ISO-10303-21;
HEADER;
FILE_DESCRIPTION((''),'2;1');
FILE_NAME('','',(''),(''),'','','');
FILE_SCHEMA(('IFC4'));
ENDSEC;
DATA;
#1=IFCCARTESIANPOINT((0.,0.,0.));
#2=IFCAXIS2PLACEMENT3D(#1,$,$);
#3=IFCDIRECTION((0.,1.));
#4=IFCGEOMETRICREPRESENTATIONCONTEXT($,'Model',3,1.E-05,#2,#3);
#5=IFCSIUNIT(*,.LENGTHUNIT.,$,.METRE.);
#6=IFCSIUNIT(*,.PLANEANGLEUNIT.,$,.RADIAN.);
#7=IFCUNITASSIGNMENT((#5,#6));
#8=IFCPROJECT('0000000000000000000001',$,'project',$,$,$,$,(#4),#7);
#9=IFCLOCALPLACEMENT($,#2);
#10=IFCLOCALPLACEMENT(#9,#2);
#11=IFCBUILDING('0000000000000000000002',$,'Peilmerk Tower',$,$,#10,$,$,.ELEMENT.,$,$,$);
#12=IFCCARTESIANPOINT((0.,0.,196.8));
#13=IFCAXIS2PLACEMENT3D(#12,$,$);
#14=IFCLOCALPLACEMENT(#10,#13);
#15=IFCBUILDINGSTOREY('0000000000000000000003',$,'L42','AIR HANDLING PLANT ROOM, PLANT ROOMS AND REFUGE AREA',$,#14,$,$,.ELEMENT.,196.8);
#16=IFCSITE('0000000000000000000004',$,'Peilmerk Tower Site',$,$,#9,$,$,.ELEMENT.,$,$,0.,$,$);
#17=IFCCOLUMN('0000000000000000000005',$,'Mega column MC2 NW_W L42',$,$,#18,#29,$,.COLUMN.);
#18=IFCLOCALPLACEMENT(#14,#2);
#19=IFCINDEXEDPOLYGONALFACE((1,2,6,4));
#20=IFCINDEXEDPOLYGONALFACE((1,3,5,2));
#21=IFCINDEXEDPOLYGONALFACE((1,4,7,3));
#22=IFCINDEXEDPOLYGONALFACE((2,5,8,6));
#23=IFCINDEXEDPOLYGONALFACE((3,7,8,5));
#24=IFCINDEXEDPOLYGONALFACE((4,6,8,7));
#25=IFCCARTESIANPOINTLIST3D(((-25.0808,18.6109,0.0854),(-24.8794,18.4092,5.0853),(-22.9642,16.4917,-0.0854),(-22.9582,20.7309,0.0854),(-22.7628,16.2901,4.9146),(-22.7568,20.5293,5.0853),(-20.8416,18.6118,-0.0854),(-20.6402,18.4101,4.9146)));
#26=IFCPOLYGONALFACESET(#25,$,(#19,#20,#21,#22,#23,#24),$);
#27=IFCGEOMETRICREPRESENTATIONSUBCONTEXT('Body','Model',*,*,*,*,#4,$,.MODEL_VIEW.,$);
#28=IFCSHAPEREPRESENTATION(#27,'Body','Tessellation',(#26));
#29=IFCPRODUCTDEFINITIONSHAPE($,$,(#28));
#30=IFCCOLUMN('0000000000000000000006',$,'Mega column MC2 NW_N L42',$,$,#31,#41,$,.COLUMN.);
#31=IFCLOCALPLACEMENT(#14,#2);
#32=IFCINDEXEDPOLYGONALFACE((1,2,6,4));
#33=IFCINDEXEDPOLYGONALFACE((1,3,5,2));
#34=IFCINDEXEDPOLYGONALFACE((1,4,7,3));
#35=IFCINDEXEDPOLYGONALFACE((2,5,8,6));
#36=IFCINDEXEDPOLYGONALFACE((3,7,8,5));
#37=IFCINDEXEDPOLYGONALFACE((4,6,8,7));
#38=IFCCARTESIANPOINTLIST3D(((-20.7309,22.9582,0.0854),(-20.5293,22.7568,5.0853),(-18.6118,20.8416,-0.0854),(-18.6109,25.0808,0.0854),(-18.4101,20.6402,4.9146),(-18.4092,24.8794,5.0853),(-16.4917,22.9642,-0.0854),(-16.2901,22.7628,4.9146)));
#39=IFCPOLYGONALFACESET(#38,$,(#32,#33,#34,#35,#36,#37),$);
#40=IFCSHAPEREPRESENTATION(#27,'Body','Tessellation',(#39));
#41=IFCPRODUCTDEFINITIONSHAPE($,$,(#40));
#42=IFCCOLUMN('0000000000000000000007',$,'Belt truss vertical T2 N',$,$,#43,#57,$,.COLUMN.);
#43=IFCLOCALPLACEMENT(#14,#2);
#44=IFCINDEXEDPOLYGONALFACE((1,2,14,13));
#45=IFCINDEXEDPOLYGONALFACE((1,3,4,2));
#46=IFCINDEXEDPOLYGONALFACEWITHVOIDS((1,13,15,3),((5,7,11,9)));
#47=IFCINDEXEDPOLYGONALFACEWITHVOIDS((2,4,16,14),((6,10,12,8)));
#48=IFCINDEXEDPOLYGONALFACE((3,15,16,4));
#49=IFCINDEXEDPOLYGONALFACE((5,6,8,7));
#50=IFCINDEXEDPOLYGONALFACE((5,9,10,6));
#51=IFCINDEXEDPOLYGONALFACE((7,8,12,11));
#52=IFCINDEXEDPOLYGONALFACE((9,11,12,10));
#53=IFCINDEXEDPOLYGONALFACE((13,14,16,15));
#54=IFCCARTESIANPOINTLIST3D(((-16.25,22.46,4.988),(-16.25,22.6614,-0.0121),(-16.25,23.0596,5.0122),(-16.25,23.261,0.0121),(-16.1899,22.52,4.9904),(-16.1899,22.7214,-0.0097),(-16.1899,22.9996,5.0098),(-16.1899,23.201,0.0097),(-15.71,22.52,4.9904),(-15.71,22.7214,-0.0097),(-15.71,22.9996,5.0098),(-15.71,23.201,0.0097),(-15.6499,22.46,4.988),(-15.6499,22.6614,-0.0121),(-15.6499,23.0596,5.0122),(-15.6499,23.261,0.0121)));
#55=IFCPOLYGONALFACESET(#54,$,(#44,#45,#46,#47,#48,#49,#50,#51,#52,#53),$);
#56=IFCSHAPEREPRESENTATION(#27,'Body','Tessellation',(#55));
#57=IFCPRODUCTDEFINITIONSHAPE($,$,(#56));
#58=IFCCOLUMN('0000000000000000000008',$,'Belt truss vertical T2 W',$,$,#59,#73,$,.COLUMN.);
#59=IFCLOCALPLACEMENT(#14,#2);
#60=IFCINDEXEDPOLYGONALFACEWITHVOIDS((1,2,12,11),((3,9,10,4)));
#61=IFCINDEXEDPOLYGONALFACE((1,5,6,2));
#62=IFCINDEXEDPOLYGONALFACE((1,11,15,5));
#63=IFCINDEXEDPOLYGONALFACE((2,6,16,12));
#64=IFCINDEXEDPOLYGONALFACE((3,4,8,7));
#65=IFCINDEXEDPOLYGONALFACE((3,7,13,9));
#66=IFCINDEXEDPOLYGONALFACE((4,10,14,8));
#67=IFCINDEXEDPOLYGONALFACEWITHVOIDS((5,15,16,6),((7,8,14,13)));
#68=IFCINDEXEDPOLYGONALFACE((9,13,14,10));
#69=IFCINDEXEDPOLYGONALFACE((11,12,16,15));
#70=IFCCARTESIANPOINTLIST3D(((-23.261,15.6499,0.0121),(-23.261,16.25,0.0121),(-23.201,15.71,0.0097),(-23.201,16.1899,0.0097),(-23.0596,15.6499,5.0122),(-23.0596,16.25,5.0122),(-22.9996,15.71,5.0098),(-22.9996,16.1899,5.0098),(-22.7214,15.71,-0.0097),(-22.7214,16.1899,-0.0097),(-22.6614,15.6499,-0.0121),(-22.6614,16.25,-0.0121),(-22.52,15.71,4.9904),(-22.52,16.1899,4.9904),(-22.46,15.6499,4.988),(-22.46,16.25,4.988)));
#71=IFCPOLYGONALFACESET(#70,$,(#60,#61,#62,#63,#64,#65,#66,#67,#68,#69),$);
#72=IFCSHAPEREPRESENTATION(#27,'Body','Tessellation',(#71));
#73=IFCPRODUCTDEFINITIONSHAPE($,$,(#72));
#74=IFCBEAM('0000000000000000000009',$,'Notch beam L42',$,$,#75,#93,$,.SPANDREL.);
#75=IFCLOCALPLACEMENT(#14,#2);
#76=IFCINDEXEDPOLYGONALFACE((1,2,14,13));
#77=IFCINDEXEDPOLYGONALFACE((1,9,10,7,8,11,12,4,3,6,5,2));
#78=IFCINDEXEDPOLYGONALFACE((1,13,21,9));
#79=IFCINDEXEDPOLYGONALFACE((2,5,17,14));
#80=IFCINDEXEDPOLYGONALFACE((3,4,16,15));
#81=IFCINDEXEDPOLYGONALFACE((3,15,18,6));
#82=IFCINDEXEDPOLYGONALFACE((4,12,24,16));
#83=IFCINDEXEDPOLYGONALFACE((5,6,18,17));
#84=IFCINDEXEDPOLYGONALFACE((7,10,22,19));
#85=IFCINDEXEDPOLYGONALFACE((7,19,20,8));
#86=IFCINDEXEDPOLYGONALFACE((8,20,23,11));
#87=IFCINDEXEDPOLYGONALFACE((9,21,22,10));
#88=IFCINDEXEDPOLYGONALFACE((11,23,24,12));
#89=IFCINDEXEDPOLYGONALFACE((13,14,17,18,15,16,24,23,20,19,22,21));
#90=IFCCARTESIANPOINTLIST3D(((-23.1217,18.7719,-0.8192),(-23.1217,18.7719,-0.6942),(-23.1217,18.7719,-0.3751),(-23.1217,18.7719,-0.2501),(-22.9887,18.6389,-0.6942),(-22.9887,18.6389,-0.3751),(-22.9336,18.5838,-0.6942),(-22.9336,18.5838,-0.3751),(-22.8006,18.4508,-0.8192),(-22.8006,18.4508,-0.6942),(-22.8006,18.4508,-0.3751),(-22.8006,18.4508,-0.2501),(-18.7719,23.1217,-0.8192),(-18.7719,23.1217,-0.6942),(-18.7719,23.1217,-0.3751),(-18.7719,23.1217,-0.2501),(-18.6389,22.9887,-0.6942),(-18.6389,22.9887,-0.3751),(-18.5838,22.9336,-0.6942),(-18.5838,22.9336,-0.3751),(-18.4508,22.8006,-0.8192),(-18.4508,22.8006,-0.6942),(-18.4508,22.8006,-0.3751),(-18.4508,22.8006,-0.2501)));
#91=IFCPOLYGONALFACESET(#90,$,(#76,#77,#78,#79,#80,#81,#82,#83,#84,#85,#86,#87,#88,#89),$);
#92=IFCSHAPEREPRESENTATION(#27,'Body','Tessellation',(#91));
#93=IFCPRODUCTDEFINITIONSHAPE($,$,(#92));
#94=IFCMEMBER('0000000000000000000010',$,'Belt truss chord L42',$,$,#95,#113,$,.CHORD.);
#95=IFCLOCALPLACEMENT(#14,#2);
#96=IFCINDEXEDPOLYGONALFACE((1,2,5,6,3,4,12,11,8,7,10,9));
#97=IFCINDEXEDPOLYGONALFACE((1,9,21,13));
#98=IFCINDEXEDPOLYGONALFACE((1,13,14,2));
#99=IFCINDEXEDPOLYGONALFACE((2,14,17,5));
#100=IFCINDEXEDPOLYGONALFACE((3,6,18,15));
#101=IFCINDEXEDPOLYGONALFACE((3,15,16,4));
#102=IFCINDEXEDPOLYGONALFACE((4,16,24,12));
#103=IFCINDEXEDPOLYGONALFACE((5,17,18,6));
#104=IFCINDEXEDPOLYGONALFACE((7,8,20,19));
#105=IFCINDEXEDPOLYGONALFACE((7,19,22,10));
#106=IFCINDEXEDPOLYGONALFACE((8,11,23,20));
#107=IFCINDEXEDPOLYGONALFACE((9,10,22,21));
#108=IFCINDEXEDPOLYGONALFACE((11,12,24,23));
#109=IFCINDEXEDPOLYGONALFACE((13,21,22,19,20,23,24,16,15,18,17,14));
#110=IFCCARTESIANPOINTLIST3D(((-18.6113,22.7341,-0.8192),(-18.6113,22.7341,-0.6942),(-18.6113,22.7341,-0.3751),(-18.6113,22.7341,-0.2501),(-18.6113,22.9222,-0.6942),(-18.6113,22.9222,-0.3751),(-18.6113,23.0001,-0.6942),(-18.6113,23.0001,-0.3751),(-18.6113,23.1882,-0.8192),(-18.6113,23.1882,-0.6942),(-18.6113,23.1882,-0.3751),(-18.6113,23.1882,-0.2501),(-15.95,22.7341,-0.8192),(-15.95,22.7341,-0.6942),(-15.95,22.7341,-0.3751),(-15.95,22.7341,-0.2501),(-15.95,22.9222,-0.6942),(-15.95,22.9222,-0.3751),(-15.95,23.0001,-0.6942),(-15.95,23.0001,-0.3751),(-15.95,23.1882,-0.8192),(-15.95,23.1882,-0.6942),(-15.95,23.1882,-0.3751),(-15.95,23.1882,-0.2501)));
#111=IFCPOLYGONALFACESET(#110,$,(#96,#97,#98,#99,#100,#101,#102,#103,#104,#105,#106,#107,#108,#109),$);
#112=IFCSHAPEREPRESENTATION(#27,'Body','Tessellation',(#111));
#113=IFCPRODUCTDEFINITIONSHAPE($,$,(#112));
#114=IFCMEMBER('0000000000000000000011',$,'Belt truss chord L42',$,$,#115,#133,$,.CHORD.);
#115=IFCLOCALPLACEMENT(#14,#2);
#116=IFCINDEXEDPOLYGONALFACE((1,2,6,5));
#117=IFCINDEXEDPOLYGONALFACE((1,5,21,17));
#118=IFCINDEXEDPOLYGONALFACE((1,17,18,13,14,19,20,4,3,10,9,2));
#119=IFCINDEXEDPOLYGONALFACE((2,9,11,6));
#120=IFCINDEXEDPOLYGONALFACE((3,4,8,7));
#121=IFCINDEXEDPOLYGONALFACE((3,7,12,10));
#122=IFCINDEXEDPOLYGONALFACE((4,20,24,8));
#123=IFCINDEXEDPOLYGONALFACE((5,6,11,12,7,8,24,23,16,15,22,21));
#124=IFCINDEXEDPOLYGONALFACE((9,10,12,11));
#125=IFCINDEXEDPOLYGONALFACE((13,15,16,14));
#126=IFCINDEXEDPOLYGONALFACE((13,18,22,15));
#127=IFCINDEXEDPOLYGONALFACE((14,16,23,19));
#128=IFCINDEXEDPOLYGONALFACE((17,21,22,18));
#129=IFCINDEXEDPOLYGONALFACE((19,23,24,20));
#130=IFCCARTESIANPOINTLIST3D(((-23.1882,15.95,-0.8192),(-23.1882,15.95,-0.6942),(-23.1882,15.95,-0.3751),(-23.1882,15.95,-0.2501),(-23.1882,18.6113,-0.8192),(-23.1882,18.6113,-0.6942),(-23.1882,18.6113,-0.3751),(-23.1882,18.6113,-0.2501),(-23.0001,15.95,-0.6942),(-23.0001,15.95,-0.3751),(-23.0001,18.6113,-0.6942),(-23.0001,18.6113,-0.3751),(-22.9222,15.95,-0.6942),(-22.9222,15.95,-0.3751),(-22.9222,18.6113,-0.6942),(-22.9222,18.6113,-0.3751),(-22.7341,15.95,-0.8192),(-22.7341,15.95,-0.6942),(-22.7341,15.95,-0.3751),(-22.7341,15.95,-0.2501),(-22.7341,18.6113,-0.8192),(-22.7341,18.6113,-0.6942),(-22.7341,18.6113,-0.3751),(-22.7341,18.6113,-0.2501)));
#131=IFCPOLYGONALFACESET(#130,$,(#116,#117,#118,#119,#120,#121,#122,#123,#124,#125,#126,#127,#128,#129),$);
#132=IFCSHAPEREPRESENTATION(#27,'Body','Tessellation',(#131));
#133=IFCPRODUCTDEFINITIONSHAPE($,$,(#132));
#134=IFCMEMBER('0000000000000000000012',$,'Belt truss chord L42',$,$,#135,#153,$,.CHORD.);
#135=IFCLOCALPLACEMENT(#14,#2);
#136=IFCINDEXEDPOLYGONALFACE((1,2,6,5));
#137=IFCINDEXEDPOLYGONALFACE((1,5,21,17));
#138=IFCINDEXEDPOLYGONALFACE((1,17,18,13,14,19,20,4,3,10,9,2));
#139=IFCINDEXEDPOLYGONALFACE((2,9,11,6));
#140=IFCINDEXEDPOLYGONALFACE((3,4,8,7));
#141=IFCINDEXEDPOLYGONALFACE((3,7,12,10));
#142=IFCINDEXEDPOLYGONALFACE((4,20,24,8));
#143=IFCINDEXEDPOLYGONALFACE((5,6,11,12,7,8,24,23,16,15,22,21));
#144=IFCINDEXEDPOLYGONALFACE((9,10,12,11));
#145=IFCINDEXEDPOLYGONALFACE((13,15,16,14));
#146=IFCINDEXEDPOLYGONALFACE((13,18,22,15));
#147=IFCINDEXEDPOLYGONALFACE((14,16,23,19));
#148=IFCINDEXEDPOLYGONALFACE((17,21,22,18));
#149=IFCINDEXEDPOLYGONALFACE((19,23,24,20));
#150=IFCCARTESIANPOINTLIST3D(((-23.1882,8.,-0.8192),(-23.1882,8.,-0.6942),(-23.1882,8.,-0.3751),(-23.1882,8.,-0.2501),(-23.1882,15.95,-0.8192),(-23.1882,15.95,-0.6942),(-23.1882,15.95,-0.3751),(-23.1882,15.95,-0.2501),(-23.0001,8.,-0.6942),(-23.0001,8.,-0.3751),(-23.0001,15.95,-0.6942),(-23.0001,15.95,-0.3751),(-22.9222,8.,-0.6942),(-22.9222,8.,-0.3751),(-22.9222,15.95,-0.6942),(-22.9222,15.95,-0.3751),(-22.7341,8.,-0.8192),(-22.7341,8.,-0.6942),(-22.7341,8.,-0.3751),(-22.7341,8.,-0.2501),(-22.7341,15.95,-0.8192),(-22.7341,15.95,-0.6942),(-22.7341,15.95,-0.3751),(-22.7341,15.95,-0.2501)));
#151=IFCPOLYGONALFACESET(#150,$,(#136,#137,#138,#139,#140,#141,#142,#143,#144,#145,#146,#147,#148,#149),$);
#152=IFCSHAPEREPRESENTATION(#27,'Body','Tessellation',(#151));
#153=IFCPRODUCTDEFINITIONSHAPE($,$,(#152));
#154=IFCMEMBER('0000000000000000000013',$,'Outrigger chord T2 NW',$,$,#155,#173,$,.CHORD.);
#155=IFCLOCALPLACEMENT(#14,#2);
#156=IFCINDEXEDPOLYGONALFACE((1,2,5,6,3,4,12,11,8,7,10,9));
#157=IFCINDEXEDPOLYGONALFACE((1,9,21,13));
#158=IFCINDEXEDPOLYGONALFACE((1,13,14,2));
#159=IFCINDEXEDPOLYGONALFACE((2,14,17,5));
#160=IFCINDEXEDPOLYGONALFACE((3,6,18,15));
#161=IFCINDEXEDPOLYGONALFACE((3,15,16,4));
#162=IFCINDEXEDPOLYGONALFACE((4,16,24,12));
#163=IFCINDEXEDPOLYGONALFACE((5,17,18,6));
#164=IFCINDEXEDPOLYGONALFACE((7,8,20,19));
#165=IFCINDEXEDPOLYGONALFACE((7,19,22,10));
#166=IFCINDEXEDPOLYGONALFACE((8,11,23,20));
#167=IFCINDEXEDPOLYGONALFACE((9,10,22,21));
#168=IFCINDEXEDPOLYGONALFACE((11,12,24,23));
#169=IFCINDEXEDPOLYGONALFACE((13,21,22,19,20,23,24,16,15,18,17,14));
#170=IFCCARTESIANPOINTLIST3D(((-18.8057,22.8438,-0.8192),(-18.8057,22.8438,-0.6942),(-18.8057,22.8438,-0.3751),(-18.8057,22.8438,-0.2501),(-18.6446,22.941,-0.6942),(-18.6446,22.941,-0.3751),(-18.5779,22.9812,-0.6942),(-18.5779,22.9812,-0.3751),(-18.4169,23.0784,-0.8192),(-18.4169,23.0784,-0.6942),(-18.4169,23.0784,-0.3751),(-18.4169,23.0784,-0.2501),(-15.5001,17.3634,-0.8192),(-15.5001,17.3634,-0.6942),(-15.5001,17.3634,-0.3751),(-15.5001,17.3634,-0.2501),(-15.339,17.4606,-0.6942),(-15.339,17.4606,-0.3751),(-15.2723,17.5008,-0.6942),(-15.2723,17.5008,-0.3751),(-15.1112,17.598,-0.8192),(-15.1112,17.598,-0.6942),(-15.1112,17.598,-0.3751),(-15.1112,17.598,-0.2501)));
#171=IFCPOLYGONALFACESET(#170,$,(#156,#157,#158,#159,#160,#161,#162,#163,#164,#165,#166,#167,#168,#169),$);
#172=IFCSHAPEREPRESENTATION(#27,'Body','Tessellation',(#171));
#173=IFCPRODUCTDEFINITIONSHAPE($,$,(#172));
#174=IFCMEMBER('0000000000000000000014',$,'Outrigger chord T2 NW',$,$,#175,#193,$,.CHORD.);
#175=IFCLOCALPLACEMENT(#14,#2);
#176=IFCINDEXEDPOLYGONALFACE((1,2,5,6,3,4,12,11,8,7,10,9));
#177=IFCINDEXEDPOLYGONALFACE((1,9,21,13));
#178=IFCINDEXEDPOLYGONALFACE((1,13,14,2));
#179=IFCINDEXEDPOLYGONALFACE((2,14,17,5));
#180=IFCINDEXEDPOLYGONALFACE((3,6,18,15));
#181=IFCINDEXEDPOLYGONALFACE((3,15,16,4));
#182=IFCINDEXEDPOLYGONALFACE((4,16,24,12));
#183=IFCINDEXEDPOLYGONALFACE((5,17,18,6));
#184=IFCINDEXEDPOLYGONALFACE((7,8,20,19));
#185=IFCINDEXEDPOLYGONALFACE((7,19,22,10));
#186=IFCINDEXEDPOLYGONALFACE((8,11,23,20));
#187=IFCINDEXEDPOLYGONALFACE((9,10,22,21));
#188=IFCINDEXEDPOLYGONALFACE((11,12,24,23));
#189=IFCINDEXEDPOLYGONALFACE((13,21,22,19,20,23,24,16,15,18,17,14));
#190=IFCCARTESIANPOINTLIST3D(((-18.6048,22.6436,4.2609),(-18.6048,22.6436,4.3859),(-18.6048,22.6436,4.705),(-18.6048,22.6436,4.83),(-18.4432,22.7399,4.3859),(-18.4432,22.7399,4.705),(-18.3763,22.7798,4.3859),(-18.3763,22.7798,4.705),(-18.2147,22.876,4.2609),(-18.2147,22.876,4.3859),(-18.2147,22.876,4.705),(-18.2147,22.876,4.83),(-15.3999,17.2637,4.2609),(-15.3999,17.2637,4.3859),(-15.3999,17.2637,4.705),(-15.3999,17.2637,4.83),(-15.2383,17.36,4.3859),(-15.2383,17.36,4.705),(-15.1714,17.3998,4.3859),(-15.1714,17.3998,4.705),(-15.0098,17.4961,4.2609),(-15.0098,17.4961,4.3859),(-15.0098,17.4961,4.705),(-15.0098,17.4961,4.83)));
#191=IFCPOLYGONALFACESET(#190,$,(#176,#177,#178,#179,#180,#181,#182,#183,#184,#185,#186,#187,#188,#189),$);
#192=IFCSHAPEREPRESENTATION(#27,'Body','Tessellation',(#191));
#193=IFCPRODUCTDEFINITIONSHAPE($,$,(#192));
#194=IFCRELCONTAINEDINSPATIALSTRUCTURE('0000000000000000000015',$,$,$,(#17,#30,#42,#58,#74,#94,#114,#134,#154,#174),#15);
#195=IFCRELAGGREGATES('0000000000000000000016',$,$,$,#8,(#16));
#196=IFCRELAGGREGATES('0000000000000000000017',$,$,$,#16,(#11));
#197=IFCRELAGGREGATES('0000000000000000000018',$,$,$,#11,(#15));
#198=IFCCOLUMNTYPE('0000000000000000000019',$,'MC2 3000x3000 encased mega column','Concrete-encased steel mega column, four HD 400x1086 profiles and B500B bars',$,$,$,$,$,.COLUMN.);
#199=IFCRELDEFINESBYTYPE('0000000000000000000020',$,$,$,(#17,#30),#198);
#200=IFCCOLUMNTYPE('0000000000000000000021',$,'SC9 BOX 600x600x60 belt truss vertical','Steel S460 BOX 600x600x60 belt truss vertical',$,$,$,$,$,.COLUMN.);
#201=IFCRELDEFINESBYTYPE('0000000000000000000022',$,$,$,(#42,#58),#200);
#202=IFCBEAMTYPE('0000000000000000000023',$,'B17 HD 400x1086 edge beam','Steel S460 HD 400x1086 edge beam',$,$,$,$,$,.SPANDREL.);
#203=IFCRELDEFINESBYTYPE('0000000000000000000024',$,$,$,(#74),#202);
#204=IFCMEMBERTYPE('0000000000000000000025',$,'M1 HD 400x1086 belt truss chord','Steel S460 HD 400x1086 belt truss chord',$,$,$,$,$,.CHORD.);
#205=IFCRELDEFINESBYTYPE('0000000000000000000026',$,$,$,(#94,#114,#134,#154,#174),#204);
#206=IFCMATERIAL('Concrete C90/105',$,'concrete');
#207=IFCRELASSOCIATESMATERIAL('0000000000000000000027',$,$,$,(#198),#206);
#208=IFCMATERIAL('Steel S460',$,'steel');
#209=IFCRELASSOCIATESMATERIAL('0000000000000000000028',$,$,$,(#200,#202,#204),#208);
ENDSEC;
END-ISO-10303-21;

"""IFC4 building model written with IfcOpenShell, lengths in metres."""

from ifc_helpers import new_model, si_unit, direction, frame, origin, origin_2d, place, context, subcontext, project, spatial, rectangle, hollow_rectangle, i_section, extrude, material, material_profile, profile_set, type_object, element, save


model = new_model("IFC4")

# Units and contexts
model_context = context("Model", 3, precision=1e-05, world=origin(), true_north=direction((0.0, 1.0)))
body_context = subcontext(model_context, "Body", "Model", "MODEL_VIEW")
ifc_project = project(units=[si_unit("LENGTHUNIT", "METRE"), si_unit("PLANEANGLEUNIT", "RADIAN")], contexts=[model_context])

# Site, building, storey
site_placement = place(None, origin())
site = spatial("IfcSite", under=ifc_project, at=site_placement, Name="Peilmerk Tower Site", CompositionType="ELEMENT", RefElevation=0.0)
building_placement = place(site_placement, origin())
building = spatial("IfcBuilding", under=site, at=building_placement, Name="Peilmerk Tower", CompositionType="ELEMENT")
storey_placement = place(building_placement, frame((0.0, 0.0, 196.8)))
storey = spatial("IfcBuildingStorey", under=building, at=storey_placement, Name="L42", Description="AIR HANDLING PLANT ROOM, PLANT ROOMS AND REFUGE AREA", CompositionType="ELEMENT", Elevation=196.8)

# Columns
ifc_material_1 = material(Name="Concrete C90/105", Category="concrete")
ifc_material_profile_1 = material_profile(ifc_material_1, rectangle(XDim=3.0, YDim=3.0, at=origin_2d()), Name="RC 3000x3000")
ifc_profile_set_1 = profile_set([ifc_material_profile_1], Name="Concrete C90/105")
column_type_1 = type_object("IfcColumnType", Name="MC2 3000x3000 encased mega column", Description="Concrete-encased steel mega column, four HD 400x1086 profiles and B500B bars", PredefinedType="COLUMN", material=ifc_profile_set_1)
for number, where, z_axis, x_axis, name in (
    (1, (-22.9612, 18.6113, 0.0), (0.040218, -0.040267, 0.998379), (0.707535, 0.706678, 0.0), "Mega column MC2 NW_W L42"),
    (2, (-18.6113, 22.9612, 0.0), (0.040267, -0.040218, 0.998379), (0.706678, 0.707535, 0.0), "Mega column MC2 NW_N L42"),
):
    element("IfcColumn", number, at=place(storey_placement, frame(where, z_axis=z_axis, x_axis=x_axis)), inside=storey, type_object=column_type_1, Name=name, PredefinedType="COLUMN", context=body_context, shape_type="SweptSolid", body=[
        extrude(rectangle(XDim=3.0, YDim=3.0, at=origin_2d()), origin(), (0.0, 0.0, 1.0), 5.0081),
    ])
ifc_material_2 = material(Name="Steel S460", Category="steel")
ifc_material_profile_2 = material_profile(ifc_material_2, hollow_rectangle(XDim=0.6001, YDim=0.6001, WallThickness=0.0601, at=origin_2d()), Name="BOX 600x600x60")
ifc_profile_set_2 = profile_set([ifc_material_profile_2], Name="Steel S460")
column_type_2 = type_object("IfcColumnType", Name="SC9 BOX 600x600x60 belt truss vertical", Description="Steel S460 BOX 600x600x60 belt truss vertical", PredefinedType="COLUMN", material=ifc_profile_set_2)
for number, where, z_axis, x_axis, name in (
    (3, (-15.95, 22.9612, 0.0), (0.0, -0.040251, 0.99919), (1.0, 0.0, 0.0), "Belt truss vertical T2 N"),
    (4, (-22.9612, 15.95, 0.0), (0.040251, 0.0, 0.99919), (0.0, 1.0, 0.0), "Belt truss vertical T2 W"),
):
    element("IfcColumn", number, at=place(storey_placement, frame(where, z_axis=z_axis, x_axis=x_axis)), inside=storey, type_object=column_type_2, Name=name, PredefinedType="COLUMN", context=body_context, shape_type="SweptSolid", body=[
        extrude(hollow_rectangle(XDim=0.6001, YDim=0.6001, WallThickness=0.0601, at=origin_2d()), origin(), (0.0, 0.0, 1.0), 5.0042),
    ])

# Beam
ifc_material_profile_3 = material_profile(ifc_material_2, i_section(OverallWidth=0.4541, OverallDepth=0.5691, WebThickness=0.0779, FlangeThickness=0.125, at=origin_2d()), Name="HD 400x1086")
ifc_profile_set_3 = profile_set([ifc_material_profile_3], Name="Steel S460")
beam_type = type_object("IfcBeamType", Name="B17 HD 400x1086 edge beam", Description="Steel S460 HD 400x1086 edge beam", PredefinedType="SPANDREL", material=ifc_profile_set_3)
beam_placement = place(storey_placement, frame((-22.9612, 18.6113, -0.5347), z_axis=(0.707107, 0.707107, 0.0), x_axis=(-0.707107, 0.707107, 0.0)))
element("IfcBeam", 5, at=beam_placement, inside=storey, type_object=beam_type, Name="Notch beam L42", PredefinedType="SPANDREL", context=body_context, shape_type="SweptSolid", body=[
    extrude(i_section(OverallWidth=0.4541, OverallDepth=0.5691, WebThickness=0.0779, FlangeThickness=0.125, at=origin_2d()), origin(), (0.0, 0.0, 1.0), 6.1516),
])

# Members
ifc_material_profile_4 = material_profile(ifc_material_2, i_section(OverallWidth=0.4541, OverallDepth=0.5691, WebThickness=0.0779, FlangeThickness=0.125, at=origin_2d()), Name="HD 400x1086")
ifc_profile_set_4 = profile_set([ifc_material_profile_4], Name="Steel S460")
member_type_1 = type_object("IfcMemberType", Name="M1 HD 400x1086 belt truss chord", Description="Steel S460 HD 400x1086 belt truss chord", PredefinedType="CHORD", material=ifc_profile_set_4)
for number, where, z_axis, x_axis, name in (
    (6, (-15.95, 22.9612, -0.5347), (-1.0, 0.0, 0.0), (0.0, -1.0, 0.0), "Belt truss chord L42"),
    (7, (-22.9612, 18.6113, -0.5347), (0.0, -1.0, 0.0), (1.0, 0.0, 0.0), "Belt truss chord L42"),
):
    element("IfcMember", number, at=place(storey_placement, frame(where, z_axis=z_axis, x_axis=x_axis)), inside=storey, type_object=member_type_1, Name=name, PredefinedType="CHORD", context=body_context, shape_type="SweptSolid", body=[
        extrude(i_section(OverallWidth=0.4541, OverallDepth=0.5691, WebThickness=0.0779, FlangeThickness=0.125, at=origin_2d()), origin(), (0.0, 0.0, 1.0), 2.6614),
    ])
member_1_placement = place(storey_placement, frame((-22.9612, 15.95, -0.5347), z_axis=(0.0, -1.0, 0.0), x_axis=(1.0, 0.0, 0.0)))
element("IfcMember", 8, at=member_1_placement, inside=storey, type_object=member_type_1, Name="Belt truss chord L42", PredefinedType="CHORD", context=body_context, shape_type="SweptSolid", body=[
    extrude(i_section(OverallWidth=0.4541, OverallDepth=0.5691, WebThickness=0.0779, FlangeThickness=0.125, at=origin_2d()), origin(), (0.0, 0.0, 1.0), 7.95),
])
member_2_placement = place(storey_placement, frame((-15.3057, 17.4807, -0.5347), z_axis=(-0.516491, 0.856292, 0.0), x_axis=(-0.856292, -0.516491, 0.0)))
element("IfcMember", 9, at=member_2_placement, inside=storey, type_object=member_type_1, Name="Outrigger chord T2 NW", PredefinedType="CHORD", context=body_context, shape_type="SweptSolid", body=[
    extrude(i_section(OverallWidth=0.4541, OverallDepth=0.5691, WebThickness=0.0779, FlangeThickness=0.125, at=origin_2d()), origin(), (0.0, 0.0, 1.0), 6.4001),
])
member_3_placement = place(storey_placement, frame((-15.2048, 17.3799, 4.5454), z_axis=(-0.511781, 0.859116, 0.0), x_axis=(-0.859116, -0.511781, 0.0)))
element("IfcMember", 10, at=member_3_placement, inside=storey, type_object=member_type_1, Name="Outrigger chord T2 NW", PredefinedType="CHORD", context=body_context, shape_type="SweptSolid", body=[
    extrude(i_section(OverallWidth=0.4541, OverallDepth=0.5691, WebThickness=0.0779, FlangeThickness=0.125, at=origin_2d()), origin(), (0.0, 0.0, 1.0), 6.2622),
])

save(model, "model.ifc")
